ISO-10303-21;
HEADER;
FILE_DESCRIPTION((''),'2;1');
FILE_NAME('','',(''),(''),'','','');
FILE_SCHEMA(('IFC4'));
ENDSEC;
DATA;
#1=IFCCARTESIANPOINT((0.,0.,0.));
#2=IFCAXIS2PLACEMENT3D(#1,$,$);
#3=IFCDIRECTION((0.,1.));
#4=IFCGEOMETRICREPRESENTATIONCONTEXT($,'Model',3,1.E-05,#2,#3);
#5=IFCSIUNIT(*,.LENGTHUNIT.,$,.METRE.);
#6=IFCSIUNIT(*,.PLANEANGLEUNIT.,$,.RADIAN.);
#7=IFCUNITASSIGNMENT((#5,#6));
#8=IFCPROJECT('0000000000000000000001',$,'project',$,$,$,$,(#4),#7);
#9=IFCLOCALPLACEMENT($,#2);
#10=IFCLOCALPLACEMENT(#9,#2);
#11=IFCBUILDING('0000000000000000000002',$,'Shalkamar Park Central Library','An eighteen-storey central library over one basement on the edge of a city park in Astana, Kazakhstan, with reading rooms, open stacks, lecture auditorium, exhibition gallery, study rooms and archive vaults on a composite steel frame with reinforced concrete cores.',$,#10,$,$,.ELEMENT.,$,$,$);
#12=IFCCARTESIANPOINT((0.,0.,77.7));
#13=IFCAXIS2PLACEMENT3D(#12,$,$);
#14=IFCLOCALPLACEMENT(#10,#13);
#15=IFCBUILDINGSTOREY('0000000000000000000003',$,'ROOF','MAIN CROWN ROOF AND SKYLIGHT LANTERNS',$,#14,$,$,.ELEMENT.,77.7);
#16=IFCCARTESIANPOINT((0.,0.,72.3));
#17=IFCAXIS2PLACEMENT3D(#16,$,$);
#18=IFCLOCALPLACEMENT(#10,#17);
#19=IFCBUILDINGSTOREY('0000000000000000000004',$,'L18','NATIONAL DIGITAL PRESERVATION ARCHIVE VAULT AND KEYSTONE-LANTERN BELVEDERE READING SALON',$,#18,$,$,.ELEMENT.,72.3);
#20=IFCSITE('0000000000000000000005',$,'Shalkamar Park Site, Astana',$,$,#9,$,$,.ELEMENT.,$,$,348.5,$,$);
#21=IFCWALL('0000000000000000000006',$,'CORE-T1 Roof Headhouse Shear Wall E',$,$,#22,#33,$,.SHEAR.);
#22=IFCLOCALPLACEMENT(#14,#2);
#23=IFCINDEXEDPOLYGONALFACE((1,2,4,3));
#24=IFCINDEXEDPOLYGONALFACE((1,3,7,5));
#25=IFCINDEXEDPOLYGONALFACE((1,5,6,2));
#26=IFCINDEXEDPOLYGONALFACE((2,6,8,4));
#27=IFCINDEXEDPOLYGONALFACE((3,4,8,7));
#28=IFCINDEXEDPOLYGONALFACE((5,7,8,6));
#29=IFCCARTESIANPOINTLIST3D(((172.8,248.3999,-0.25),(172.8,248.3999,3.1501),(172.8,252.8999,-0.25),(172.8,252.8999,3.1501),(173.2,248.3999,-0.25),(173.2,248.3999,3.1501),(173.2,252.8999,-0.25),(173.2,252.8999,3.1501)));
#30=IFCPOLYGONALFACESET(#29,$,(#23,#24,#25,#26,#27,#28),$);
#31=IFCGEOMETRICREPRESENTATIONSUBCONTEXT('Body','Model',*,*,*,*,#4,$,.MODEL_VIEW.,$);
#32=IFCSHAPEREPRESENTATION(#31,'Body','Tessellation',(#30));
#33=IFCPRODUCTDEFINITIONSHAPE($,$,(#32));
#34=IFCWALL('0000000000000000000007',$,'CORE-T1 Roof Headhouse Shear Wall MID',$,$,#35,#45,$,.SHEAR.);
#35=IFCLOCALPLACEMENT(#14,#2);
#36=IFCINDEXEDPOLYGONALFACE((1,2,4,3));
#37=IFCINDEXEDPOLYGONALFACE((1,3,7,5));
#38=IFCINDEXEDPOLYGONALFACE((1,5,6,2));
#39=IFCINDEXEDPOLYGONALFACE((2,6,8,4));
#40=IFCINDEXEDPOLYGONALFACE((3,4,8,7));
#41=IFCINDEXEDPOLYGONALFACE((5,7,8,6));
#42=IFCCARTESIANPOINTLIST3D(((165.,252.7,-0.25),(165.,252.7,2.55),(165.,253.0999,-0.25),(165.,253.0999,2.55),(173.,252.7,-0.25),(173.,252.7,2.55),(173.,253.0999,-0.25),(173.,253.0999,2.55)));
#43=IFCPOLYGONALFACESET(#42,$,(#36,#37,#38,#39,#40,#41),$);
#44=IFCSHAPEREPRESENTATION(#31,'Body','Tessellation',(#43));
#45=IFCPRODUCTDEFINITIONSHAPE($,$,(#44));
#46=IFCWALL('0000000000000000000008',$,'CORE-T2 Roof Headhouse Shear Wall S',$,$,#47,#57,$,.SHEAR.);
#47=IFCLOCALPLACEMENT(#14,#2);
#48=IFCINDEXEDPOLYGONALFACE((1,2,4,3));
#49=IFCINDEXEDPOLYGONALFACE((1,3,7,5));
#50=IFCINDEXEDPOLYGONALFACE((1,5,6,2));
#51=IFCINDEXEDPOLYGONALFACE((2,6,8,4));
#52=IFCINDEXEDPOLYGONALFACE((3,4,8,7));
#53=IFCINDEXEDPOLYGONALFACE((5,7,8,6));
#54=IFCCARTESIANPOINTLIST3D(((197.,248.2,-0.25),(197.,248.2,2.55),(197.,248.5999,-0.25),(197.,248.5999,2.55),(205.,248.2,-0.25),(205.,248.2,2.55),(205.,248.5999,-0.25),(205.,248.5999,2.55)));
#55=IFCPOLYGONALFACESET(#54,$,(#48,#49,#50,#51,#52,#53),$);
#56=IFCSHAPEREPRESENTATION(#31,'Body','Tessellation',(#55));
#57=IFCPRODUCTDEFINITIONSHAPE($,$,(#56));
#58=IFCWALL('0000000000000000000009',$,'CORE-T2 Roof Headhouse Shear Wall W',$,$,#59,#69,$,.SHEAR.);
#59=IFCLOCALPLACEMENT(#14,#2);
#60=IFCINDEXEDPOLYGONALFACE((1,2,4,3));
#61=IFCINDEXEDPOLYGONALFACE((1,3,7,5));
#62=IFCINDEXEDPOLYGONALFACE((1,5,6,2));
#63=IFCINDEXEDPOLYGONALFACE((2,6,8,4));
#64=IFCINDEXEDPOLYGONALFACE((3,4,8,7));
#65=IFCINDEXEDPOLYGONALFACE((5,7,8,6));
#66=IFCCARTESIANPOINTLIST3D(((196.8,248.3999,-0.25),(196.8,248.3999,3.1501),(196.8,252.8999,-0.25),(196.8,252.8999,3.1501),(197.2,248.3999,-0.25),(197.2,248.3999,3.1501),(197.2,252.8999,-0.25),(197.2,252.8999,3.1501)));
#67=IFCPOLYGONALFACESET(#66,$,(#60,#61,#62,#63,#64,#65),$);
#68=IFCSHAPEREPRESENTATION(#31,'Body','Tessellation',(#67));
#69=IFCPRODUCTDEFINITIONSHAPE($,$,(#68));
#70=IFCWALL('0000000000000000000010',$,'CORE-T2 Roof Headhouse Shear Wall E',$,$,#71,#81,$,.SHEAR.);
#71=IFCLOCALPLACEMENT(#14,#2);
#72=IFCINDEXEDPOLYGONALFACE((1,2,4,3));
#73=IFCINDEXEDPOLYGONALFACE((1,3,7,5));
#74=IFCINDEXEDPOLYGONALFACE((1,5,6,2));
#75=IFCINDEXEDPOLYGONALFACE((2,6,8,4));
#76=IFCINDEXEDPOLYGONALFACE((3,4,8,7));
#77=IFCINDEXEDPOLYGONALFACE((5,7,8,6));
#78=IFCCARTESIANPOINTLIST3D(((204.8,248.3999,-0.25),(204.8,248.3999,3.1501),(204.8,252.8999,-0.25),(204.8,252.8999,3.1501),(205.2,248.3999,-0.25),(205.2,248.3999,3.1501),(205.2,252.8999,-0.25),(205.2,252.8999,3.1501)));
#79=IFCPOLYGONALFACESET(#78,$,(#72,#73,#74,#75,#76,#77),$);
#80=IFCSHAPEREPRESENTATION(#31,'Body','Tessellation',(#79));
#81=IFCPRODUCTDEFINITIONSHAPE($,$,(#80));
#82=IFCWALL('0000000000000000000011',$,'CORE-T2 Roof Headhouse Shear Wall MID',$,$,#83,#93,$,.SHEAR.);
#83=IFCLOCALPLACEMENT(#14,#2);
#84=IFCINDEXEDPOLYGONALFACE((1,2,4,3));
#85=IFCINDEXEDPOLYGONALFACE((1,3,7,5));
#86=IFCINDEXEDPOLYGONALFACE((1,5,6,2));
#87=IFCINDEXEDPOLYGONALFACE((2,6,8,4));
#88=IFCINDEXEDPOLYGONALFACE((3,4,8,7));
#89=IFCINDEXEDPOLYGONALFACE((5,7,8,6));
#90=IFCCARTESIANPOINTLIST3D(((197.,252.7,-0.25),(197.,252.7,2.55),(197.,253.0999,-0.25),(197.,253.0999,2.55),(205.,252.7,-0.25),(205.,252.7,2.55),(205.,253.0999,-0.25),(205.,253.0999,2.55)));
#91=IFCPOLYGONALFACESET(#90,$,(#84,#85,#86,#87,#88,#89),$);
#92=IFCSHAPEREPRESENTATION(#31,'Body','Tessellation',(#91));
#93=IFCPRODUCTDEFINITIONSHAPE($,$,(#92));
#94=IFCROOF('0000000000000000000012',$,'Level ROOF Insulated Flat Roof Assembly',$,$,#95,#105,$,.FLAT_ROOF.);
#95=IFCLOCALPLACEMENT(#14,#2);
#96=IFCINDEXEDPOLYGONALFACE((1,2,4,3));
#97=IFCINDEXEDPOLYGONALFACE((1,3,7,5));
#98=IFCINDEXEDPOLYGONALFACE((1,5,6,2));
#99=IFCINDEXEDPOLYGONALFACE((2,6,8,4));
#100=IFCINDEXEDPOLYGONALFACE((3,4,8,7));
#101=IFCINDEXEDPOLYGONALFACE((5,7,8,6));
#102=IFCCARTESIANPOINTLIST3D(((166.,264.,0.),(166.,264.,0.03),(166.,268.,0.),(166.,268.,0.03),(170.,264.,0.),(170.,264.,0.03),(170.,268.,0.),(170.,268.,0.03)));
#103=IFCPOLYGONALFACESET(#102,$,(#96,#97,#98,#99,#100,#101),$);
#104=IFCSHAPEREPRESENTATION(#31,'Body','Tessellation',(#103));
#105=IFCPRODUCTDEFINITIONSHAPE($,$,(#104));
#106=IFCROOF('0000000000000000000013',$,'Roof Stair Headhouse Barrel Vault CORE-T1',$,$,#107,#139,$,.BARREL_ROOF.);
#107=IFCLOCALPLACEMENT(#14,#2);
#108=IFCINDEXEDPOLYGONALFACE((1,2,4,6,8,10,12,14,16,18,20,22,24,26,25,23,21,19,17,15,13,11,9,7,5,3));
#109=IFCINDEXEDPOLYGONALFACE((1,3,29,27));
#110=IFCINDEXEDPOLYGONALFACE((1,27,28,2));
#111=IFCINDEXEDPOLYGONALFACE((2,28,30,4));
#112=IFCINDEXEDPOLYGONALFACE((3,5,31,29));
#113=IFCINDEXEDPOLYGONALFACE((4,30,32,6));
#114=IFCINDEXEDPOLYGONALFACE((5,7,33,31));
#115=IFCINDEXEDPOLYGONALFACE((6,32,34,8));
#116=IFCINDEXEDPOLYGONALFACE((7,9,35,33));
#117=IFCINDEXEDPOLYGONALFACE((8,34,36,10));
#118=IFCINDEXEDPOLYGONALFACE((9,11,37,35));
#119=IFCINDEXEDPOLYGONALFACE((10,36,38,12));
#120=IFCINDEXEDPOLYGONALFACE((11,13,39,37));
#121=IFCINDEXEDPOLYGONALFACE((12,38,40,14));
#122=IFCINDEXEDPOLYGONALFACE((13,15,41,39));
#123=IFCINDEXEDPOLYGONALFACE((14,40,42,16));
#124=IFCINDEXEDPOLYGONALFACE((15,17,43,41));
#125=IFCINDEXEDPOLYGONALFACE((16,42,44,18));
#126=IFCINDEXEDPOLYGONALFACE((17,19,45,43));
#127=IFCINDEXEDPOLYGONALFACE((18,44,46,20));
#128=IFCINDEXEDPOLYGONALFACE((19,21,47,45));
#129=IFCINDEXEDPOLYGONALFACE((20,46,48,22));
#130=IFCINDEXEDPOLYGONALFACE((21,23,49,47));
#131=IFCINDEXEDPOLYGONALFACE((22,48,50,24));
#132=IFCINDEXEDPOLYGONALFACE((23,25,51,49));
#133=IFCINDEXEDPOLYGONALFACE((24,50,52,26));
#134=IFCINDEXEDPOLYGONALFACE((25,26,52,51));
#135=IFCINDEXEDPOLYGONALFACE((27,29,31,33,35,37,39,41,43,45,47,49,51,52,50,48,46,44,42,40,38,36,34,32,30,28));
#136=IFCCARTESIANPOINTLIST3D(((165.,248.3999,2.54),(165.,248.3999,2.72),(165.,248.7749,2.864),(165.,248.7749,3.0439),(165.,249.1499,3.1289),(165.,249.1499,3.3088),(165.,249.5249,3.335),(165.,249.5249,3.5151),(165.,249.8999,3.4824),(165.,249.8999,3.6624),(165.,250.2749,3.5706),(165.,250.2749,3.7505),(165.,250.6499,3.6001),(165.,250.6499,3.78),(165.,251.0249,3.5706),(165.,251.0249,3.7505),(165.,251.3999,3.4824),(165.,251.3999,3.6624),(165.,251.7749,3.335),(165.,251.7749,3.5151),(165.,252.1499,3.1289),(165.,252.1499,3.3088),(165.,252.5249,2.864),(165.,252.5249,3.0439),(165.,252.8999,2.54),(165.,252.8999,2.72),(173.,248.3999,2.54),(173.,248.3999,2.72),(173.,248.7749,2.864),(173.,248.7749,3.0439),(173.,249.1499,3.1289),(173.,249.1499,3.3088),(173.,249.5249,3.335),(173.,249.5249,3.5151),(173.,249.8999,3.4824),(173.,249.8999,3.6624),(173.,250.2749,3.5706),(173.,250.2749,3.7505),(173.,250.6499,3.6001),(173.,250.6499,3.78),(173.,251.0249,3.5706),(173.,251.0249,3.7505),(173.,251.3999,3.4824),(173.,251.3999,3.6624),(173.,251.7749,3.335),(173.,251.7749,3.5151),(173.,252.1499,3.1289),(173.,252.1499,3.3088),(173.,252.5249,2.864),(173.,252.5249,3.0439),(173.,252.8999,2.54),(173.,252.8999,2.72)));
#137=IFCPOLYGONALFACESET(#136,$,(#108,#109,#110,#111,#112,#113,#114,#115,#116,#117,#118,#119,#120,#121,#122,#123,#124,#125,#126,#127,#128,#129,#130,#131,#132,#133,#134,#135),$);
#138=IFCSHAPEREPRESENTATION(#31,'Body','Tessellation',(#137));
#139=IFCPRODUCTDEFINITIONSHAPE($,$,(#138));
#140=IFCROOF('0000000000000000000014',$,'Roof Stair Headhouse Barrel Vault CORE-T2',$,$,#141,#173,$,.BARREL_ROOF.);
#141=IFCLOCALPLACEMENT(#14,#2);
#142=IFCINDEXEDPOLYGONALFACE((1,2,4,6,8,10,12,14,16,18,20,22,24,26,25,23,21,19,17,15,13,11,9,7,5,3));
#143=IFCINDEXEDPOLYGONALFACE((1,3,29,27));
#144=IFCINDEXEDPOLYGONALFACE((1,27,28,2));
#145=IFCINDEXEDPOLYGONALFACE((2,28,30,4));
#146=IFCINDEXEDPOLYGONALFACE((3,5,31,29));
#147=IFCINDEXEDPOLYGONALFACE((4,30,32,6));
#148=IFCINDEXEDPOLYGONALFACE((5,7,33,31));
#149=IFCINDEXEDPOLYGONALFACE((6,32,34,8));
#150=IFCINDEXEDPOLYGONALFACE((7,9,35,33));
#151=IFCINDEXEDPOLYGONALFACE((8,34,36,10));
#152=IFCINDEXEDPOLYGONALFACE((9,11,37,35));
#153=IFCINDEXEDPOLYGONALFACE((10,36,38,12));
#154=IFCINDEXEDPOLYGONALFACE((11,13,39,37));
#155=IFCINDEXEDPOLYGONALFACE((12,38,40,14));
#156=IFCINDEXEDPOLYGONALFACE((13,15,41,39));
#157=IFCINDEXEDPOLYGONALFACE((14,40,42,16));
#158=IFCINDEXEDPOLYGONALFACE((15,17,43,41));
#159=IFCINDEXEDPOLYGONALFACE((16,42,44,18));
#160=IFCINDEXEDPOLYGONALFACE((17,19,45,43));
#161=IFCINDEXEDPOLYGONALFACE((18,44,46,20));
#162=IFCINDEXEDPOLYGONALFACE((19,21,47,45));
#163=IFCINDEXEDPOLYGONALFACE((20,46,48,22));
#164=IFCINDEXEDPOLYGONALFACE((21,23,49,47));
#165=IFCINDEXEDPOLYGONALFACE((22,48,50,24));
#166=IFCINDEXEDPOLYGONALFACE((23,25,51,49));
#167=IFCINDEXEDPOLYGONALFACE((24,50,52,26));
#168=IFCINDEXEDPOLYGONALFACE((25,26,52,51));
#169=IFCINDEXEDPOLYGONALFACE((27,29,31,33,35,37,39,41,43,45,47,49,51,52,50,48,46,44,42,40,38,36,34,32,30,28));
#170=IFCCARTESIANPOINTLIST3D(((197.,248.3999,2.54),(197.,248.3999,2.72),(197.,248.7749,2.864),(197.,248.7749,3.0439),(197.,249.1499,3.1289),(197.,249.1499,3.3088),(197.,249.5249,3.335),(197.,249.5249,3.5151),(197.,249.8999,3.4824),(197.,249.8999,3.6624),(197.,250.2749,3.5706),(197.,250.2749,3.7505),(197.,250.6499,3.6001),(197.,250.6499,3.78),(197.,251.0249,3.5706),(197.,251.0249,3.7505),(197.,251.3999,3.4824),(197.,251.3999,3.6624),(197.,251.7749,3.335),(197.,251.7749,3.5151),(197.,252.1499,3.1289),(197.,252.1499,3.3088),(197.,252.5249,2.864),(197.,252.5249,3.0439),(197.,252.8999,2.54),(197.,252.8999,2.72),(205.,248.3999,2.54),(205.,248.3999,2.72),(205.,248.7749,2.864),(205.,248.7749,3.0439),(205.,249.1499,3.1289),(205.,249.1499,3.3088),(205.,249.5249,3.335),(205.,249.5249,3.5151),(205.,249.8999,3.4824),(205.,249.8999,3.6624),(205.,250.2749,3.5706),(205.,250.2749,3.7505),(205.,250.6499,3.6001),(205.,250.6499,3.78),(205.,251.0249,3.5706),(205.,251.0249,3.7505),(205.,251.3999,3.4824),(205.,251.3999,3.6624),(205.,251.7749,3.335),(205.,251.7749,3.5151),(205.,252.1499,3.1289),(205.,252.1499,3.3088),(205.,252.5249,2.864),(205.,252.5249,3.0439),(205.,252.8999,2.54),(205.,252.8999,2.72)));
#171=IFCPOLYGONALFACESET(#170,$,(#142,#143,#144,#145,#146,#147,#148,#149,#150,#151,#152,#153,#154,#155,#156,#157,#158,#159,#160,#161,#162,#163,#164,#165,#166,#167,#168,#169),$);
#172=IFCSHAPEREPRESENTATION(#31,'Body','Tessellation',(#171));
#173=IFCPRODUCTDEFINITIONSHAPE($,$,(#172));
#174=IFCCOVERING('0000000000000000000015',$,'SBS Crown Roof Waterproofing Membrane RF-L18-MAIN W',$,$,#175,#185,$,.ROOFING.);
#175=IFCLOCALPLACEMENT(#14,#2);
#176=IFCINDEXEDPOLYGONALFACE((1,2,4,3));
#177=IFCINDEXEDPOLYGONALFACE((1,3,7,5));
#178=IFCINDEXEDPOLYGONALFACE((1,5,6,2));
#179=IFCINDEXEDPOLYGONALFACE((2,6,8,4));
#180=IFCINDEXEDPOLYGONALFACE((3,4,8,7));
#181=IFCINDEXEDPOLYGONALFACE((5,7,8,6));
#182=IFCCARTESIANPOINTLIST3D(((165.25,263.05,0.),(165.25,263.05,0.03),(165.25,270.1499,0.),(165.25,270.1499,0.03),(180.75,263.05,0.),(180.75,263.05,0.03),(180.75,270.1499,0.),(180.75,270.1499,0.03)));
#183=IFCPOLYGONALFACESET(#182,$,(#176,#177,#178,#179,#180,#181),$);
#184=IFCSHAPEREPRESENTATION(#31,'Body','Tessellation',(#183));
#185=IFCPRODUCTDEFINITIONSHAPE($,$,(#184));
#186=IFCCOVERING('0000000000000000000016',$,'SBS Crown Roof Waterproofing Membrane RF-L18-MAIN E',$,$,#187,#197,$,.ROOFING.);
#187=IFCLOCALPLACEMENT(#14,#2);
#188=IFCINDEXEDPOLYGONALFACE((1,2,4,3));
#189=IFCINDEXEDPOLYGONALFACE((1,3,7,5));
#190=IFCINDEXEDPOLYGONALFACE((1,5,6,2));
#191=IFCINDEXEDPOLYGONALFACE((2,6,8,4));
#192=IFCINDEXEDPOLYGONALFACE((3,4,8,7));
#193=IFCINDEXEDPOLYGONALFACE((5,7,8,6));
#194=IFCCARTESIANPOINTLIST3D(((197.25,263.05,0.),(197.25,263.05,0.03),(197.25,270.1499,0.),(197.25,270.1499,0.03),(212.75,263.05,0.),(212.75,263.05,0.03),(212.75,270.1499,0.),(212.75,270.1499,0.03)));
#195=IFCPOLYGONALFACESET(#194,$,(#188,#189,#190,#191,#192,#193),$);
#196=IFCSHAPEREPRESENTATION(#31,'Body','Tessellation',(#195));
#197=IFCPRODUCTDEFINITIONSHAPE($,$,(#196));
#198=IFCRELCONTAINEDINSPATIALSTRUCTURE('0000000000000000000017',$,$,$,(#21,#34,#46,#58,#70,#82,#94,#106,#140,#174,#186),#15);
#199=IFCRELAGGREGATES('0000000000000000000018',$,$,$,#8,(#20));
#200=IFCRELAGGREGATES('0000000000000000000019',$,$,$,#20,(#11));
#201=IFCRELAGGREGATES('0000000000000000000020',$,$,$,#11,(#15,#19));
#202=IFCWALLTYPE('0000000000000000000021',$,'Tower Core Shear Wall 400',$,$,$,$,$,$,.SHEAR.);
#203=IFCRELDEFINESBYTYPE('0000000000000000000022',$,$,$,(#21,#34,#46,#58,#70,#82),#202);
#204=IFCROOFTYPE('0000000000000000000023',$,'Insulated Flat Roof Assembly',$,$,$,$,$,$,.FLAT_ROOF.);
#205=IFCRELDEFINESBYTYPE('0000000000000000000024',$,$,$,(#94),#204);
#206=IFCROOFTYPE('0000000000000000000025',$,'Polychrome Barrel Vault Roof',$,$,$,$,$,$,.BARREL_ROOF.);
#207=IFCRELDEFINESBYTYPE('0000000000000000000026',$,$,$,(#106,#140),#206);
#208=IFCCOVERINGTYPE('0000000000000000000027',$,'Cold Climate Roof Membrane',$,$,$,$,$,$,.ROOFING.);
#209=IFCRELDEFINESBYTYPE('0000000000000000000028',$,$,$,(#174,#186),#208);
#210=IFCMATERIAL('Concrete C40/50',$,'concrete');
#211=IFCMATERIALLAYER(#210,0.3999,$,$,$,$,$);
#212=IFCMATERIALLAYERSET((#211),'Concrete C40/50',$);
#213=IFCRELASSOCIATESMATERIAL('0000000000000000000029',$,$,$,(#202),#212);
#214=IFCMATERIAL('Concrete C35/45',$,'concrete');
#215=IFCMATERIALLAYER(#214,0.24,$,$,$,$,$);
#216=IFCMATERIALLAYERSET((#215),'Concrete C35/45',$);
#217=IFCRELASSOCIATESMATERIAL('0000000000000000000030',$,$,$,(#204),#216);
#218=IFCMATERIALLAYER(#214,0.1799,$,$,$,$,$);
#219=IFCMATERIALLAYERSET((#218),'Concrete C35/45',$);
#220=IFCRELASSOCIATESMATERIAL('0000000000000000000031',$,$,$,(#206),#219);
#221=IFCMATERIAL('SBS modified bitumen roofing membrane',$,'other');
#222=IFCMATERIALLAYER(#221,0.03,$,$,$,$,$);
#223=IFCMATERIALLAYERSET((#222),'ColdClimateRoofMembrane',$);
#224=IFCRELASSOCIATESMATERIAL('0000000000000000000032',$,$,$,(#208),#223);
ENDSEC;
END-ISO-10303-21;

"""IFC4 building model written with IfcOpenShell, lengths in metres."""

from ifc_helpers import new_model, si_unit, direction, frame, frame_2d, origin, place, context, subcontext, project, spatial, polyline, rectangle, outline, extrude, material, layer, layer_set, type_object, element, save


model = new_model("IFC4")

# Units and contexts
model_context = context("Model", 3, precision=1e-05, world=origin(), true_north=direction((0.0, 1.0)))
body_context = subcontext(model_context, "Body", "Model", "MODEL_VIEW")
ifc_project = project(units=[si_unit("LENGTHUNIT", "METRE"), si_unit("PLANEANGLEUNIT", "RADIAN")], contexts=[model_context])

# Site, building, storey
site_placement = place(None, origin())
site = spatial("IfcSite", under=ifc_project, at=site_placement, Name="Shalkamar Park Site, Astana", CompositionType="ELEMENT", RefElevation=348.5)
building_placement = place(site_placement, origin())
building = spatial("IfcBuilding", under=site, at=building_placement, Name="Shalkamar Park Central Library", Description="An eighteen-storey central library over one basement on the edge of a city park in Astana, Kazakhstan, with reading rooms, open stacks, lecture auditorium, exhibition gallery, study rooms and archive vaults on a composite steel frame with reinforced concrete cores.", CompositionType="ELEMENT")
storey_1_placement = place(building_placement, frame((0.0, 0.0, 77.7)))
storey_1 = spatial("IfcBuildingStorey", under=building, at=storey_1_placement, Name="ROOF", Description="MAIN CROWN ROOF AND SKYLIGHT LANTERNS", CompositionType="ELEMENT", Elevation=77.7)

# Shared definitions
ifc_material_1 = material(Name="Concrete C35/45", Category="concrete")

# Shared definitions
storey_2_placement = place(building_placement, frame((0.0, 0.0, 72.3)))
storey_2 = spatial("IfcBuildingStorey", under=building, at=storey_2_placement, Name="L18", Description="NATIONAL DIGITAL PRESERVATION ARCHIVE VAULT AND KEYSTONE-LANTERN BELVEDERE READING SALON", CompositionType="ELEMENT", Elevation=72.3)

# Walls
ifc_material_2 = material(Name="Concrete C40/50", Category="concrete")
ifc_layer_1 = layer(ifc_material_2, 0.3999)
ifc_layer_set_1 = layer_set([ifc_layer_1], Name="Concrete C40/50")
wall_type = type_object("IfcWallType", Name="Tower Core Shear Wall 400", PredefinedType="SHEAR", material=ifc_layer_set_1)
for number, where, z_axis, x_axis, name in (
    (1, (173.0, 248.3999, -0.25), (0.0, 0.0, 1.0), (0.0, 1.0, 0.0), "CORE-T1 Roof Headhouse Shear Wall E"),
):
    element("IfcWall", number, at=place(storey_1_placement, frame(where, z_axis=z_axis, x_axis=x_axis)), inside=storey_1, type_object=wall_type, Name=name, PredefinedType="SHEAR", context=body_context, shape_type="SweptSolid", body=[
        extrude(rectangle(XDim=4.5, YDim=0.3999, at=frame_2d((2.25, 0.0))), origin(), (0.0, 0.0, 1.0), 3.4001),
    ])
for number, where, z_axis, x_axis, name in (
    (2, (165.0, 252.8999, -0.25), (0.0, 0.0, 1.0), (1.0, 0.0, 0.0), "CORE-T1 Roof Headhouse Shear Wall MID"),
    (3, (197.0, 248.3999, -0.25), (0.0, 0.0, 1.0), (1.0, 0.0, 0.0), "CORE-T2 Roof Headhouse Shear Wall S"),
):
    element("IfcWall", number, at=place(storey_1_placement, frame(where, z_axis=z_axis, x_axis=x_axis)), inside=storey_1, type_object=wall_type, Name=name, PredefinedType="SHEAR", context=body_context, shape_type="SweptSolid", body=[
        extrude(rectangle(XDim=8.0, YDim=0.3999, at=frame_2d((4.0, 0.0))), origin(), (0.0, 0.0, 1.0), 2.8),
    ])
for number, where, z_axis, x_axis, name in (
    (4, (197.0, 248.3999, -0.25), (0.0, 0.0, 1.0), (0.0, 1.0, 0.0), "CORE-T2 Roof Headhouse Shear Wall W"),
    (5, (205.0, 248.3999, -0.25), (0.0, 0.0, 1.0), (0.0, 1.0, 0.0), "CORE-T2 Roof Headhouse Shear Wall E"),
):
    element("IfcWall", number, at=place(storey_1_placement, frame(where, z_axis=z_axis, x_axis=x_axis)), inside=storey_1, type_object=wall_type, Name=name, PredefinedType="SHEAR", context=body_context, shape_type="SweptSolid", body=[
        extrude(rectangle(XDim=4.5, YDim=0.3999, at=frame_2d((2.25, 0.0))), origin(), (0.0, 0.0, 1.0), 3.4001),
    ])
wall_1_placement = place(storey_1_placement, frame((197.0, 252.8999, -0.25), z_axis=(0.0, 0.0, 1.0), x_axis=(1.0, 0.0, 0.0)))
element("IfcWall", 6, at=wall_1_placement, inside=storey_1, type_object=wall_type, Name="CORE-T2 Roof Headhouse Shear Wall MID", PredefinedType="SHEAR", context=body_context, shape_type="SweptSolid", body=[
    extrude(rectangle(XDim=8.0, YDim=0.3999, at=frame_2d((4.0, 0.0))), origin(), (0.0, 0.0, 1.0), 2.8),
])

# Roofs
ifc_layer_2 = layer(ifc_material_1, 0.24)
ifc_layer_set_2 = layer_set([ifc_layer_2], Name="Concrete C35/45")
roof_type_1 = type_object("IfcRoofType", Name="Insulated Flat Roof Assembly", PredefinedType="FLAT_ROOF", material=ifc_layer_set_2)
roof_placement = place(storey_1_placement, origin())
element("IfcRoof", 7, at=roof_placement, inside=storey_1, type_object=roof_type_1, Name="Level ROOF Insulated Flat Roof Assembly", PredefinedType="FLAT_ROOF", context=body_context, shape_type="SweptSolid", body=[
    extrude(outline(polyline([(166.0, 264.0), (170.0, 264.0), (170.0, 268.0), (166.0, 268.0), (166.0, 264.0)])), origin(), (0.0, 0.0, 1.0), 0.03),
])
ifc_layer_3 = layer(ifc_material_1, 0.1799)
ifc_layer_set_3 = layer_set([ifc_layer_3], Name="Concrete C35/45")
roof_type_2 = type_object("IfcRoofType", Name="Polychrome Barrel Vault Roof", PredefinedType="BARREL_ROOF", material=ifc_layer_set_3)
for number, where, z_axis, x_axis, name in (
    (8, (165.0, 250.6499, 2.54), (0.0, 0.0, 1.0), (1.0, 0.0, 0.0), "Roof Stair Headhouse Barrel Vault CORE-T1"),
    (9, (197.0, 250.6499, 2.54), (0.0, 0.0, 1.0), (1.0, 0.0, 0.0), "Roof Stair Headhouse Barrel Vault CORE-T2"),
):
    element("IfcRoof", number, at=place(storey_1_placement, frame(where, z_axis=z_axis, x_axis=x_axis)), inside=storey_1, type_object=roof_type_2, Name=name, PredefinedType="BARREL_ROOF", context=body_context, shape_type="SweptSolid", body=[
        extrude(outline(polyline([(-2.25, 0.1799), (-1.875, 0.5039), (-1.5, 0.7688), (-1.125, 0.9751), (-0.75, 1.1223), (-0.375, 1.2104), (0.0, 1.24), (0.375, 1.2104), (0.75, 1.1223), (1.125, 0.9751), (1.5, 0.7688), (1.875, 0.5039), (2.25, 0.1799), (2.25, 0.0), (1.875, 0.324), (1.5, 0.5889), (1.125, 0.7949), (0.75, 0.9424), (0.375, 1.0305), (0.0, 1.0601), (-0.375, 1.0305), (-0.75, 0.9424), (-1.125, 0.7949), (-1.5, 0.5889), (-1.875, 0.324), (-2.25, 0.0), (-2.25, 0.1799)])), frame((0.0, 0.0, 0.0), z_axis=(1.0, 0.0, 0.0), x_axis=(0.0, 1.0, 0.0)), (0.0, 0.0, 1.0), 8.0),
    ])

# Coverings
ifc_material_3 = material(Name="SBS modified bitumen roofing membrane", Category="other")
ifc_layer_4 = layer(ifc_material_3, 0.03)
ifc_layer_set_4 = layer_set([ifc_layer_4], Name="ColdClimateRoofMembrane")
covering_type = type_object("IfcCoveringType", Name="Cold Climate Roof Membrane", PredefinedType="ROOFING", material=ifc_layer_set_4)
covering_1_placement = place(storey_1_placement, origin())
element("IfcCovering", 10, at=covering_1_placement, inside=storey_1, type_object=covering_type, Name="SBS Crown Roof Waterproofing Membrane RF-L18-MAIN W", PredefinedType="ROOFING", context=body_context, shape_type="SweptSolid", body=[
    extrude(outline(polyline([(165.25, 263.05), (180.75, 263.05), (180.75, 270.1499), (165.25, 270.1499), (165.25, 263.05)])), origin(), (0.0, 0.0, 1.0), 0.03),
])
covering_2_placement = place(storey_1_placement, origin())
element("IfcCovering", 11, at=covering_2_placement, inside=storey_1, type_object=covering_type, Name="SBS Crown Roof Waterproofing Membrane RF-L18-MAIN E", PredefinedType="ROOFING", context=body_context, shape_type="SweptSolid", body=[
    extrude(outline(polyline([(197.25, 263.05), (212.75, 263.05), (212.75, 270.1499), (197.25, 270.1499), (197.25, 263.05)])), origin(), (0.0, 0.0, 1.0), 0.03),
])

save(model, "model.ifc")
